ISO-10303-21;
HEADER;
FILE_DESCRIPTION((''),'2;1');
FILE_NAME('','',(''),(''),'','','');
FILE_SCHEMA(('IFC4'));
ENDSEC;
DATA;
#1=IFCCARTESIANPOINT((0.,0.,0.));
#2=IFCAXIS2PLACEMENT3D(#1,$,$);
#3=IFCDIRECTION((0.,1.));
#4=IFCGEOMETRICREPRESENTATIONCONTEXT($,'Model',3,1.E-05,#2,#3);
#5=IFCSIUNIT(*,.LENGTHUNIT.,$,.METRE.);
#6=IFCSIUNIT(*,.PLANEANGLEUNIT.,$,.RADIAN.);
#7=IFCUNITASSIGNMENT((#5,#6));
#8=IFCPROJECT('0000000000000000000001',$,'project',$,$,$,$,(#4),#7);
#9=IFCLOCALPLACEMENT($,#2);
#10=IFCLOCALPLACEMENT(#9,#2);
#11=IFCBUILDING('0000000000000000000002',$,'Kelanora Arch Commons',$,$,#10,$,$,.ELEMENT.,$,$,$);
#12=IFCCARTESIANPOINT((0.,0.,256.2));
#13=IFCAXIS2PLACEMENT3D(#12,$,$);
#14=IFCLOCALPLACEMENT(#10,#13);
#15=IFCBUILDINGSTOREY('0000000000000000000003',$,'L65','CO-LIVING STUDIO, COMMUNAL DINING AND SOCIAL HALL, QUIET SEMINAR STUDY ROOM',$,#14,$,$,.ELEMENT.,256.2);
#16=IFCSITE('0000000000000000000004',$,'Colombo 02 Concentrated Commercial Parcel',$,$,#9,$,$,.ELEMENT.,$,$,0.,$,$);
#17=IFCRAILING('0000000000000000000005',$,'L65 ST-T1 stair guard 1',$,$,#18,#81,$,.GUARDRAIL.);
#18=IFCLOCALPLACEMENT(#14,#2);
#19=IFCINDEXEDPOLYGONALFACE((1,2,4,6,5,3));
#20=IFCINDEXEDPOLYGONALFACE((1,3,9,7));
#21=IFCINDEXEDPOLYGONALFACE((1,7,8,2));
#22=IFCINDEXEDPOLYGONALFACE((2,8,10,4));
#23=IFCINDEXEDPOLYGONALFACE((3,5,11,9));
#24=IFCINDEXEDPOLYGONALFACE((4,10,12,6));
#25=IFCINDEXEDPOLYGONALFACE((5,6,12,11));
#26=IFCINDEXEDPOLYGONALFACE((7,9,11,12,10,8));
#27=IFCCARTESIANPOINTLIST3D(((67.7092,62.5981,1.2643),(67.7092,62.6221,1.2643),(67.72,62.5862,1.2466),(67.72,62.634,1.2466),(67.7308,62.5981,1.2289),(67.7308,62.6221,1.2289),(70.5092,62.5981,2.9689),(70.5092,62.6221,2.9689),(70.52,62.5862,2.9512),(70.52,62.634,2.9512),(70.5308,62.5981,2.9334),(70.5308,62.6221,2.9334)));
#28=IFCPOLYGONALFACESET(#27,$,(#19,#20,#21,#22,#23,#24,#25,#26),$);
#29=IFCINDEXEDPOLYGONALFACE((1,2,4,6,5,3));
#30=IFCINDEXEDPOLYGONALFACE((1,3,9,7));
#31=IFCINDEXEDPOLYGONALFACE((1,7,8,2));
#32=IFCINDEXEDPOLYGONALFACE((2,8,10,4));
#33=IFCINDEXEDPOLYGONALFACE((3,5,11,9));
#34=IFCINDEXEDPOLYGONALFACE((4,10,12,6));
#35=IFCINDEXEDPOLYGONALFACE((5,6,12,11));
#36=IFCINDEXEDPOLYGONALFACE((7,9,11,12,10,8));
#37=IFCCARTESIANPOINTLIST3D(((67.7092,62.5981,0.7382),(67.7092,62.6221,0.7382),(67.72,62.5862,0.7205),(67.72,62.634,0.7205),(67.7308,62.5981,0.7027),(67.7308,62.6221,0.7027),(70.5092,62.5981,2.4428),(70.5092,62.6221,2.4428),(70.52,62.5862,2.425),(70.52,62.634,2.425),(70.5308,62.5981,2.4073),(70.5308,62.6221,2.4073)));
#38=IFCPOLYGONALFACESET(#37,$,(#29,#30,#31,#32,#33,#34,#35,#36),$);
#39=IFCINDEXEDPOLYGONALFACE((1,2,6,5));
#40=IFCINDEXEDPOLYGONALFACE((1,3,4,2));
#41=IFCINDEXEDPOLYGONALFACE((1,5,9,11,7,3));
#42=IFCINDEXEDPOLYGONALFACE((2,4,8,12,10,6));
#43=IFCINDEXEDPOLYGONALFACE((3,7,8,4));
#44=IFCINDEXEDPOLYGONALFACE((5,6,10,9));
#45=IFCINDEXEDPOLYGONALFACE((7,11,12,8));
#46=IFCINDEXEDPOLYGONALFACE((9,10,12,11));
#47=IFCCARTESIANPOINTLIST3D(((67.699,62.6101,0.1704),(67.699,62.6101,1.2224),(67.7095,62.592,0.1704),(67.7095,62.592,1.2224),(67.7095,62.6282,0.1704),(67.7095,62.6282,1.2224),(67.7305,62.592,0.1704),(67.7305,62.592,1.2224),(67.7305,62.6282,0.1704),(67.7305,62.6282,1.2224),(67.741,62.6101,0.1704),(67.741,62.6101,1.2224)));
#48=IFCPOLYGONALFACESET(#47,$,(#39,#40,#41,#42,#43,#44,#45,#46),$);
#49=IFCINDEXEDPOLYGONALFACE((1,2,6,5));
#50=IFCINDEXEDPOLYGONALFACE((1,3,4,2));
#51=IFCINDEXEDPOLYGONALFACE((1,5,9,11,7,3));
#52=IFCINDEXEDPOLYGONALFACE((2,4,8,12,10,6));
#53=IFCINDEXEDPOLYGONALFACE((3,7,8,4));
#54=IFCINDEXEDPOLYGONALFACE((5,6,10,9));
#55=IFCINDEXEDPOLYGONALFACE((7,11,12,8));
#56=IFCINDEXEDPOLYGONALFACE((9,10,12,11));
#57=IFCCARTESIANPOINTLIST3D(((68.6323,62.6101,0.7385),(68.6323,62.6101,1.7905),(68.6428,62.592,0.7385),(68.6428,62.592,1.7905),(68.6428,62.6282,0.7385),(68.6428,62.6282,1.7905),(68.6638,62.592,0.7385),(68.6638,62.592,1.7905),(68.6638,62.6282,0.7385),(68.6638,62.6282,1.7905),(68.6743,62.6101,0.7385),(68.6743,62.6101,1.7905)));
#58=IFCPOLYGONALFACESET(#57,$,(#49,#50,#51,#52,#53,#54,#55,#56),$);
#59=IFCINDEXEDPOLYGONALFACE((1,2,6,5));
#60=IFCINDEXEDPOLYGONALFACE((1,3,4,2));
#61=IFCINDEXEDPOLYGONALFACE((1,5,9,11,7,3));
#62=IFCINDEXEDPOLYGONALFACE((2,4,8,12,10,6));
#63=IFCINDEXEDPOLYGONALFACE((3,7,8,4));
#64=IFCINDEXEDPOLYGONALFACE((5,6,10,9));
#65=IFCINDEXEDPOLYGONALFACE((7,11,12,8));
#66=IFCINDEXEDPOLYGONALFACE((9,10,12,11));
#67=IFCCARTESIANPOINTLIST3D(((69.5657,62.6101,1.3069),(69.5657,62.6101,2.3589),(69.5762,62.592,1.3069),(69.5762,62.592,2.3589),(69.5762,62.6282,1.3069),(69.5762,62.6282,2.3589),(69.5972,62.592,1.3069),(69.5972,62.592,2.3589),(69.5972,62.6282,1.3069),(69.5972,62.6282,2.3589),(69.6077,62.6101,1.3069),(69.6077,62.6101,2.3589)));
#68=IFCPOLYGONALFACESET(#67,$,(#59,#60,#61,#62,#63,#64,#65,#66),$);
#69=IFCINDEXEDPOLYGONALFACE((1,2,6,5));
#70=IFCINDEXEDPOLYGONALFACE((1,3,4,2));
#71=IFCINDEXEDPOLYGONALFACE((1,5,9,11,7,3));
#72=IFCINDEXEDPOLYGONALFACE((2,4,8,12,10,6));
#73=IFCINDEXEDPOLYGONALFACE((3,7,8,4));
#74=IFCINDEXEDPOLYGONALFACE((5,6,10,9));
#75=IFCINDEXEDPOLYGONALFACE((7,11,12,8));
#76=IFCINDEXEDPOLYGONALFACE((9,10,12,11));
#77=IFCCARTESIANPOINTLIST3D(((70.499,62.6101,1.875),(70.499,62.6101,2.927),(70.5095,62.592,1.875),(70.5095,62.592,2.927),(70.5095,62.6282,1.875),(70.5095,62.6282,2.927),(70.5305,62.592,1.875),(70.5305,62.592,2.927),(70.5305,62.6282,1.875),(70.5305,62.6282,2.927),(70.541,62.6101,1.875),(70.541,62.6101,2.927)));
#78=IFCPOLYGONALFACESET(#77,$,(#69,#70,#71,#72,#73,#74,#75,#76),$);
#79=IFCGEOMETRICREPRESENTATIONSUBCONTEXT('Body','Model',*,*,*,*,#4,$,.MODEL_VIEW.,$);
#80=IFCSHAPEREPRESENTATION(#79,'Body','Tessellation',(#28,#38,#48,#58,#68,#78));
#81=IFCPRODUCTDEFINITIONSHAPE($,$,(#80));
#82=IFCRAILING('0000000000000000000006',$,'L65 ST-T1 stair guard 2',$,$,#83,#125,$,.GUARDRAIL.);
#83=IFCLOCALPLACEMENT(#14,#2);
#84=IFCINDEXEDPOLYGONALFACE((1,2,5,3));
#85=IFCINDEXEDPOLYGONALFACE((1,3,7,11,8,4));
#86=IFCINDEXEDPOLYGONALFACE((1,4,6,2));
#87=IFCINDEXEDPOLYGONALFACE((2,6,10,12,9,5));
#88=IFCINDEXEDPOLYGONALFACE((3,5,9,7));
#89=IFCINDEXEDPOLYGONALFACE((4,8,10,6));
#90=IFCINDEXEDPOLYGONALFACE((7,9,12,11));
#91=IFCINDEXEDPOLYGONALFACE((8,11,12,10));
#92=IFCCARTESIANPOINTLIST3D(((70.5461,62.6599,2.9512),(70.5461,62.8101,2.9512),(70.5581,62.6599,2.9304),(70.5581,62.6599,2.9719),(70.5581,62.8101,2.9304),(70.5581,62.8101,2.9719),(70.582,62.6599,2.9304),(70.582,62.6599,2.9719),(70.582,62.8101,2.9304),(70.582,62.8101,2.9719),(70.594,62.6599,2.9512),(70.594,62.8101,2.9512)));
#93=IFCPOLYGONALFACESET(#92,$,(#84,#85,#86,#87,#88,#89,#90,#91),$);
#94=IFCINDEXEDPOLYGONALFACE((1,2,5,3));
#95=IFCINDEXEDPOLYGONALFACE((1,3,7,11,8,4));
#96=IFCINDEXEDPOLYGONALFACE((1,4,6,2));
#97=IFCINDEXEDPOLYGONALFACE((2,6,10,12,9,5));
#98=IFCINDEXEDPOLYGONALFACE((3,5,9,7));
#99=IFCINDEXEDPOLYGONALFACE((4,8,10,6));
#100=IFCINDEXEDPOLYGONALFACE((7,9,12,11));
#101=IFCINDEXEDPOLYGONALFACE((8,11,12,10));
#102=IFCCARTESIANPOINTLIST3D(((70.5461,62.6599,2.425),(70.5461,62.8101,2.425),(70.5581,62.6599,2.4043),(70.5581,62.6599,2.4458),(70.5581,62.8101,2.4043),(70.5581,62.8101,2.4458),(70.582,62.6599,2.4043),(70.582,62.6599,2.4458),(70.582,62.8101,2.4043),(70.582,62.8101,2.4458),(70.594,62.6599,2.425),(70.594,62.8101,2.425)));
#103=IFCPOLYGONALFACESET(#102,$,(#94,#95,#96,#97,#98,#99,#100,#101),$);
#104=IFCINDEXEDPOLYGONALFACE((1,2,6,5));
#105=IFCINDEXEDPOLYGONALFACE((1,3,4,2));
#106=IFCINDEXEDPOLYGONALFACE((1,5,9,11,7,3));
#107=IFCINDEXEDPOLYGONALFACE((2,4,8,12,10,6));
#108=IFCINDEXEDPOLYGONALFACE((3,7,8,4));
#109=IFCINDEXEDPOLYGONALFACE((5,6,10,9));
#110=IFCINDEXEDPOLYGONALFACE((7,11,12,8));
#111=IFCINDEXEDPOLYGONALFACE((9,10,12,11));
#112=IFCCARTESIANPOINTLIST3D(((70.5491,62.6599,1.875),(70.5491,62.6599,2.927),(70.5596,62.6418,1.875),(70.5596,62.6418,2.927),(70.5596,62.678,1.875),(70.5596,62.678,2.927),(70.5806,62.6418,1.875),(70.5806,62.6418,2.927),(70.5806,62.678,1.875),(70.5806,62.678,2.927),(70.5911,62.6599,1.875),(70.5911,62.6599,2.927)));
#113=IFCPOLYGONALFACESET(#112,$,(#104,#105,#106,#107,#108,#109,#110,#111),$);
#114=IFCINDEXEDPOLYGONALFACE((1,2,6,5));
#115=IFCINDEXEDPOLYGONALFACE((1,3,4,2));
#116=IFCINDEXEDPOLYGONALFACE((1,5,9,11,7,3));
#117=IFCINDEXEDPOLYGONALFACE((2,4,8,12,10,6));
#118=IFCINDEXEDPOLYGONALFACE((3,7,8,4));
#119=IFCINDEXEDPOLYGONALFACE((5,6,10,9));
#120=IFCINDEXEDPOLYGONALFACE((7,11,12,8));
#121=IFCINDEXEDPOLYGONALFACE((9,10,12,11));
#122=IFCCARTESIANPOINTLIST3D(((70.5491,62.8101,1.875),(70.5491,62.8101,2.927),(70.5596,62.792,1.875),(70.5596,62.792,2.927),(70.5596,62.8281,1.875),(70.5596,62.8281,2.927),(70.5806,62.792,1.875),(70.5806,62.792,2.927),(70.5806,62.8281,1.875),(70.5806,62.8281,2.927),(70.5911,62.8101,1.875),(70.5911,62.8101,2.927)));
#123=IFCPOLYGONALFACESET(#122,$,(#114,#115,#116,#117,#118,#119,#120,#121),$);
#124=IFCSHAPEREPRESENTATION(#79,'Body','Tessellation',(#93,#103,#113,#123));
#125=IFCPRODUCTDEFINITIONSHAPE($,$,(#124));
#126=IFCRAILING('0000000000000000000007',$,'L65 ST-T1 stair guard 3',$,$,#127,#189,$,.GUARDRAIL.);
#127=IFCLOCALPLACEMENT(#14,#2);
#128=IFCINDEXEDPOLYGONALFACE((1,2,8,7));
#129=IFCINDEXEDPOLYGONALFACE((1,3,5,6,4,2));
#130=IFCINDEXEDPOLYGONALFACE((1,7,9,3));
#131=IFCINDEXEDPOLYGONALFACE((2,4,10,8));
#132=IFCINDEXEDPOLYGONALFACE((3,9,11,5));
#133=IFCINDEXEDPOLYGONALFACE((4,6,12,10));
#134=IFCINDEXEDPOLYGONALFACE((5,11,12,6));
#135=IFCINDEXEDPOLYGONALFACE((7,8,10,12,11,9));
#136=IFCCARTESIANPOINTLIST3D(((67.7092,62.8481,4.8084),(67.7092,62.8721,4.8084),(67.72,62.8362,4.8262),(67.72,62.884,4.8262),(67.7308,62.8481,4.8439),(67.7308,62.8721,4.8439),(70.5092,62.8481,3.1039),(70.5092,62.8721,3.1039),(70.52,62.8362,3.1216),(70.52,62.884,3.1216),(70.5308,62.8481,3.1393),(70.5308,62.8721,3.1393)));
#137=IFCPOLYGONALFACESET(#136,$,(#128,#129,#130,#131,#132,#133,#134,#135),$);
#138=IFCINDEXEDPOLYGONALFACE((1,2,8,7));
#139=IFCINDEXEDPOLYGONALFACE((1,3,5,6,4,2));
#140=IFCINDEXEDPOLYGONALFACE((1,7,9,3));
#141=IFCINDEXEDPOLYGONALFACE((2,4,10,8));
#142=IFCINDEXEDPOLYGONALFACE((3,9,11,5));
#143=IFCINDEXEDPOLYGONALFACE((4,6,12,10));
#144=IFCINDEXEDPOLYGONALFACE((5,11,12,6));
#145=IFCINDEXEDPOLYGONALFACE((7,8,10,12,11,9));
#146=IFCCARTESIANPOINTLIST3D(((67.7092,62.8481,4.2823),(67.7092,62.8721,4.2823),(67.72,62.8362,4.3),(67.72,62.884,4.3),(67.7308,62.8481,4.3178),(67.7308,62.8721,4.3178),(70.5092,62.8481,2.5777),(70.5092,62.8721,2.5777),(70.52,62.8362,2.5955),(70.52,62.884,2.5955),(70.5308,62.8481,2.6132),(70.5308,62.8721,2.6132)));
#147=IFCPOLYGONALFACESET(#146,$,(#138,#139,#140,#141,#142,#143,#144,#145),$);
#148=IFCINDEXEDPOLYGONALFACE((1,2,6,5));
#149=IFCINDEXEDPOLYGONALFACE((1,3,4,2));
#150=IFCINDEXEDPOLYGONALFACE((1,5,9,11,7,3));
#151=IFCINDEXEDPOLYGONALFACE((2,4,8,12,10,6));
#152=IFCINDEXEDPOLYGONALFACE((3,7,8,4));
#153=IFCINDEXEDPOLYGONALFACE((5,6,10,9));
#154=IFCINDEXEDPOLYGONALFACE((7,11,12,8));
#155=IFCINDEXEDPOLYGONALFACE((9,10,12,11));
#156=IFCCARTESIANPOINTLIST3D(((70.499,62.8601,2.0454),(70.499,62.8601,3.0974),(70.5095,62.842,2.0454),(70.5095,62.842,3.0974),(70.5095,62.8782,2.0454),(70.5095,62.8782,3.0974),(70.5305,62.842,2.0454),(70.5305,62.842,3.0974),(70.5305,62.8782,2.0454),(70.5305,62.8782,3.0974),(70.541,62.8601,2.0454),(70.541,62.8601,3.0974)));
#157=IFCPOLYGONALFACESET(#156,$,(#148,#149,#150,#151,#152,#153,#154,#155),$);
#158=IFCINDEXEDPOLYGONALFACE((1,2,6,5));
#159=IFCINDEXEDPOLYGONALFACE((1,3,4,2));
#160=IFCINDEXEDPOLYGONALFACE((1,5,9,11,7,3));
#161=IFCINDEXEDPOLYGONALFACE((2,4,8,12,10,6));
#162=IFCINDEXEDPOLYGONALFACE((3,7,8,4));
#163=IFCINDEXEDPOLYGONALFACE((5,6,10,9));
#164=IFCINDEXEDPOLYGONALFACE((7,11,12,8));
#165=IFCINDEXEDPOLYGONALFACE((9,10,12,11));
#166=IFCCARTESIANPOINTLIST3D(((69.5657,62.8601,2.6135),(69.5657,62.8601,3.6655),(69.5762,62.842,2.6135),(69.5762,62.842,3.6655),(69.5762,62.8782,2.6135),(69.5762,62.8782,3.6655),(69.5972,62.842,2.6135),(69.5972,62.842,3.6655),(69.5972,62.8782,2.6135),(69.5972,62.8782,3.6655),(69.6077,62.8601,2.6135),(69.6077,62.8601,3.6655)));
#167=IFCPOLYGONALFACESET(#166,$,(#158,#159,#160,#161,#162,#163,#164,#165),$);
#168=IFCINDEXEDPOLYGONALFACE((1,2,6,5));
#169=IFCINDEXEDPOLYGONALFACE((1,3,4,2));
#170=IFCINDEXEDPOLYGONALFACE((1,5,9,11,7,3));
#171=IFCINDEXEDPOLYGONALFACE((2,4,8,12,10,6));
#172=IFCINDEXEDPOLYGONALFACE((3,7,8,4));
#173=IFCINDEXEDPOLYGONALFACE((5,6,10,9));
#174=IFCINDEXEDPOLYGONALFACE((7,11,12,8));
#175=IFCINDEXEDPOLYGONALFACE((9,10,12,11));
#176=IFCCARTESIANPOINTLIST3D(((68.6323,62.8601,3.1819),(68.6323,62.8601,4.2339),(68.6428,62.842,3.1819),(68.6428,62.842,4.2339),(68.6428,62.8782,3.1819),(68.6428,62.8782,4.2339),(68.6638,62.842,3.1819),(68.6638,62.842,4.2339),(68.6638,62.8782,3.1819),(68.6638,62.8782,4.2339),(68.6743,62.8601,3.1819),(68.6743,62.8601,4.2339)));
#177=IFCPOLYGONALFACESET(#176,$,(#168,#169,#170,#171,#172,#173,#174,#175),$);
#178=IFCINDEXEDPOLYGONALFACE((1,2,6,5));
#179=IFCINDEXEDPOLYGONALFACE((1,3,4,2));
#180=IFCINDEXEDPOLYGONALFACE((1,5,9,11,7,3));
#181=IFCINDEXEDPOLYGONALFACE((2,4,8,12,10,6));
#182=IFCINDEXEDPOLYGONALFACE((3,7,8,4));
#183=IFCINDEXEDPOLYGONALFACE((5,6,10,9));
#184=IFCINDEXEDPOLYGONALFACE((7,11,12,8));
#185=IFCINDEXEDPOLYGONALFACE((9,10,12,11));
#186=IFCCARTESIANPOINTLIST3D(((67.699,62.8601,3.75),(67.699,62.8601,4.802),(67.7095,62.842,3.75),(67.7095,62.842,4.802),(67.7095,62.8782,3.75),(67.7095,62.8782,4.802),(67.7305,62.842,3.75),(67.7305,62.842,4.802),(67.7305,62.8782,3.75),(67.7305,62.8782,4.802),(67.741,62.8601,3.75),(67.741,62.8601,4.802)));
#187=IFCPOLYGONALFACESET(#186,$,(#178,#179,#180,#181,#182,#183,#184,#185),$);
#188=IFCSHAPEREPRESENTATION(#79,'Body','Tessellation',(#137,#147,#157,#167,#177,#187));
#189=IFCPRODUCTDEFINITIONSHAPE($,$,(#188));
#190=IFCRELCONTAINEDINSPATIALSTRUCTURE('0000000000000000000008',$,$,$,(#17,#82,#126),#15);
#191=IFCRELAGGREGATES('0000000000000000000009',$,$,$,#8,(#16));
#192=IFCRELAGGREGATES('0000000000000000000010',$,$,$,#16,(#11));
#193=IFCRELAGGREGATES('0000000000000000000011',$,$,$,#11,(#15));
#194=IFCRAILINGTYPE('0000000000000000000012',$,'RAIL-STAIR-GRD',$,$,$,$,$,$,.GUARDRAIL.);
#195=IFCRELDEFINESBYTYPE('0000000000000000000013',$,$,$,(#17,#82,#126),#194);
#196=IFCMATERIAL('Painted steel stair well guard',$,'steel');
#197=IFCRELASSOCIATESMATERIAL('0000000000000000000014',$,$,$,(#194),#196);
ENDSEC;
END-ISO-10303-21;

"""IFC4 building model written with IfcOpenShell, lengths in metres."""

from ifc_helpers import new_model, si_unit, direction, frame, origin, place, context, subcontext, project, spatial, polyline, outline, extrude, material, type_object, element, save


model = new_model("IFC4")

# Units and contexts
model_context = context("Model", 3, precision=1e-05, world=origin(), true_north=direction((0.0, 1.0)))
body_context = subcontext(model_context, "Body", "Model", "MODEL_VIEW")
ifc_project = project(units=[si_unit("LENGTHUNIT", "METRE"), si_unit("PLANEANGLEUNIT", "RADIAN")], contexts=[model_context])

# Site, building, storey
site_placement = place(None, origin())
site = spatial("IfcSite", under=ifc_project, at=site_placement, Name="Colombo 02 Concentrated Commercial Parcel", CompositionType="ELEMENT", RefElevation=0.0)
building_placement = place(site_placement, origin())
building = spatial("IfcBuilding", under=site, at=building_placement, Name="Kelanora Arch Commons", CompositionType="ELEMENT")
storey_placement = place(building_placement, frame((0.0, 0.0, 256.2)))
storey = spatial("IfcBuildingStorey", under=building, at=storey_placement, Name="L65", Description="CO-LIVING STUDIO, COMMUNAL DINING AND SOCIAL HALL, QUIET SEMINAR STUDY ROOM", CompositionType="ELEMENT", Elevation=256.2)

# Railings
ifc_material_1 = material(Name="Painted steel stair well guard", Category="steel")
railing_type_1 = type_object("IfcRailingType", Name="RAIL-STAIR-GRD", PredefinedType="GUARDRAIL", material=ifc_material_1)
railing_1_placement = place(storey_placement, frame((67.72, 62.6101, 0.1704)))
element("IfcRailing", 1, at=railing_1_placement, inside=storey, type_object=railing_type_1, Name="L65 ST-T1 stair guard 1", PredefinedType="GUARDRAIL", context=body_context, shape_type="SweptSolid", body=[
    extrude(outline(polyline([(0.0239, 0.0), (0.012, 0.0208), (-0.012, 0.0208), (-0.0239, 0.0), (-0.012, -0.0208), (0.012, -0.0208), (0.0239, 0.0)])), frame((0.0, 0.0, 1.0762), z_axis=(0.85417, 0.0, 0.519994), x_axis=(0.0, 1.0, 0.0)), (0.0, 0.0, 1.0), 3.2781),
    extrude(outline(polyline([(0.0239, 0.0), (0.012, 0.0208), (-0.012, 0.0208), (-0.0239, 0.0), (-0.012, -0.0208), (0.012, -0.0208), (0.0239, 0.0)])), frame((0.0, 0.0, 0.55), z_axis=(0.85417, 0.0, 0.519994), x_axis=(0.0, 1.0, 0.0)), (0.0, 0.0, 1.0), 3.2781),
    extrude(outline(polyline([(0.021, 0.0), (0.0105, 0.0181), (-0.0105, 0.0181), (-0.021, 0.0), (-0.0105, -0.0181), (0.0105, -0.0181), (0.021, 0.0)])), origin(), (0.0, 0.0, 1.0), 1.052),
    extrude(outline(polyline([(0.021, 0.0), (0.0105, 0.0181), (-0.0105, 0.0181), (-0.021, 0.0), (-0.0105, -0.0181), (0.0105, -0.0181), (0.021, 0.0)])), frame((0.9333, 0.0, 0.5681)), (0.0, 0.0, 1.0), 1.052),
    extrude(outline(polyline([(0.021, 0.0), (0.0105, 0.0181), (-0.0105, 0.0181), (-0.021, 0.0), (-0.0105, -0.0181), (0.0105, -0.0181), (0.021, 0.0)])), frame((1.8667, 0.0, 1.1365)), (0.0, 0.0, 1.0), 1.052),
    extrude(outline(polyline([(0.021, 0.0), (0.0105, 0.0181), (-0.0105, 0.0181), (-0.021, 0.0), (-0.0105, -0.0181), (0.0105, -0.0181), (0.021, 0.0)])), frame((2.8, 0.0, 1.7046)), (0.0, 0.0, 1.0), 1.052),
])
railing_2_placement = place(storey_placement, frame((70.5701, 62.6599, 1.875)))
element("IfcRailing", 2, at=railing_2_placement, inside=storey, type_object=railing_type_1, Name="L65 ST-T1 stair guard 2", PredefinedType="GUARDRAIL", context=body_context, shape_type="SweptSolid", body=[
    extrude(outline(polyline([(0.0239, 0.0), (0.012, 0.0208), (-0.012, 0.0208), (-0.0239, 0.0), (-0.012, -0.0208), (0.012, -0.0208), (0.0239, 0.0)])), frame((0.0, 0.0, 1.0762), z_axis=(0.0, 1.0, 0.0), x_axis=(-1.0, 0.0, 0.0)), (0.0, 0.0, 1.0), 0.1501),
    extrude(outline(polyline([(0.0239, 0.0), (0.012, 0.0208), (-0.012, 0.0208), (-0.0239, 0.0), (-0.012, -0.0208), (0.012, -0.0208), (0.0239, 0.0)])), frame((0.0, 0.0, 0.55), z_axis=(0.0, 1.0, 0.0), x_axis=(-1.0, 0.0, 0.0)), (0.0, 0.0, 1.0), 0.1501),
    extrude(outline(polyline([(0.021, 0.0), (0.0105, 0.0181), (-0.0105, 0.0181), (-0.021, 0.0), (-0.0105, -0.0181), (0.0105, -0.0181), (0.021, 0.0)])), origin(), (0.0, 0.0, 1.0), 1.052),
    extrude(outline(polyline([(0.021, 0.0), (0.0105, 0.0181), (-0.0105, 0.0181), (-0.021, 0.0), (-0.0105, -0.0181), (0.0105, -0.0181), (0.021, 0.0)])), frame((0.0, 0.1501, 0.0)), (0.0, 0.0, 1.0), 1.052),
])
railing_3_placement = place(storey_placement, frame((70.52, 62.8601, 2.0454)))
element("IfcRailing", 3, at=railing_3_placement, inside=storey, type_object=railing_type_1, Name="L65 ST-T1 stair guard 3", PredefinedType="GUARDRAIL", context=body_context, shape_type="SweptSolid", body=[
    extrude(outline(polyline([(0.0239, 0.0), (0.012, 0.0208), (-0.012, 0.0208), (-0.0239, 0.0), (-0.012, -0.0208), (0.012, -0.0208), (0.0239, 0.0)])), frame((0.0, 0.0, 1.0762), z_axis=(-0.85417, 0.0, 0.519994), x_axis=(0.0, -1.0, 0.0)), (0.0, 0.0, 1.0), 3.2781),
    extrude(outline(polyline([(0.0239, 0.0), (0.012, 0.0208), (-0.012, 0.0208), (-0.0239, 0.0), (-0.012, -0.0208), (0.012, -0.0208), (0.0239, 0.0)])), frame((0.0, 0.0, 0.55), z_axis=(-0.85417, 0.0, 0.519994), x_axis=(0.0, -1.0, 0.0)), (0.0, 0.0, 1.0), 3.2781),
    extrude(outline(polyline([(0.021, 0.0), (0.0105, 0.0181), (-0.0105, 0.0181), (-0.021, 0.0), (-0.0105, -0.0181), (0.0105, -0.0181), (0.021, 0.0)])), origin(), (0.0, 0.0, 1.0), 1.052),
    extrude(outline(polyline([(0.021, 0.0), (0.0105, 0.0181), (-0.0105, 0.0181), (-0.021, 0.0), (-0.0105, -0.0181), (0.0105, -0.0181), (0.021, 0.0)])), frame((-0.9333, 0.0, 0.5681)), (0.0, 0.0, 1.0), 1.052),
    extrude(outline(polyline([(0.021, 0.0), (0.0105, 0.0181), (-0.0105, 0.0181), (-0.021, 0.0), (-0.0105, -0.0181), (0.0105, -0.0181), (0.021, 0.0)])), frame((-1.8667, 0.0, 1.1365)), (0.0, 0.0, 1.0), 1.052),
    extrude(outline(polyline([(0.021, 0.0), (0.0105, 0.0181), (-0.0105, 0.0181), (-0.021, 0.0), (-0.0105, -0.0181), (0.0105, -0.0181), (0.021, 0.0)])), frame((-2.8, 0.0, 1.7046)), (0.0, 0.0, 1.0), 1.052),
])

save(model, "model.ifc")
